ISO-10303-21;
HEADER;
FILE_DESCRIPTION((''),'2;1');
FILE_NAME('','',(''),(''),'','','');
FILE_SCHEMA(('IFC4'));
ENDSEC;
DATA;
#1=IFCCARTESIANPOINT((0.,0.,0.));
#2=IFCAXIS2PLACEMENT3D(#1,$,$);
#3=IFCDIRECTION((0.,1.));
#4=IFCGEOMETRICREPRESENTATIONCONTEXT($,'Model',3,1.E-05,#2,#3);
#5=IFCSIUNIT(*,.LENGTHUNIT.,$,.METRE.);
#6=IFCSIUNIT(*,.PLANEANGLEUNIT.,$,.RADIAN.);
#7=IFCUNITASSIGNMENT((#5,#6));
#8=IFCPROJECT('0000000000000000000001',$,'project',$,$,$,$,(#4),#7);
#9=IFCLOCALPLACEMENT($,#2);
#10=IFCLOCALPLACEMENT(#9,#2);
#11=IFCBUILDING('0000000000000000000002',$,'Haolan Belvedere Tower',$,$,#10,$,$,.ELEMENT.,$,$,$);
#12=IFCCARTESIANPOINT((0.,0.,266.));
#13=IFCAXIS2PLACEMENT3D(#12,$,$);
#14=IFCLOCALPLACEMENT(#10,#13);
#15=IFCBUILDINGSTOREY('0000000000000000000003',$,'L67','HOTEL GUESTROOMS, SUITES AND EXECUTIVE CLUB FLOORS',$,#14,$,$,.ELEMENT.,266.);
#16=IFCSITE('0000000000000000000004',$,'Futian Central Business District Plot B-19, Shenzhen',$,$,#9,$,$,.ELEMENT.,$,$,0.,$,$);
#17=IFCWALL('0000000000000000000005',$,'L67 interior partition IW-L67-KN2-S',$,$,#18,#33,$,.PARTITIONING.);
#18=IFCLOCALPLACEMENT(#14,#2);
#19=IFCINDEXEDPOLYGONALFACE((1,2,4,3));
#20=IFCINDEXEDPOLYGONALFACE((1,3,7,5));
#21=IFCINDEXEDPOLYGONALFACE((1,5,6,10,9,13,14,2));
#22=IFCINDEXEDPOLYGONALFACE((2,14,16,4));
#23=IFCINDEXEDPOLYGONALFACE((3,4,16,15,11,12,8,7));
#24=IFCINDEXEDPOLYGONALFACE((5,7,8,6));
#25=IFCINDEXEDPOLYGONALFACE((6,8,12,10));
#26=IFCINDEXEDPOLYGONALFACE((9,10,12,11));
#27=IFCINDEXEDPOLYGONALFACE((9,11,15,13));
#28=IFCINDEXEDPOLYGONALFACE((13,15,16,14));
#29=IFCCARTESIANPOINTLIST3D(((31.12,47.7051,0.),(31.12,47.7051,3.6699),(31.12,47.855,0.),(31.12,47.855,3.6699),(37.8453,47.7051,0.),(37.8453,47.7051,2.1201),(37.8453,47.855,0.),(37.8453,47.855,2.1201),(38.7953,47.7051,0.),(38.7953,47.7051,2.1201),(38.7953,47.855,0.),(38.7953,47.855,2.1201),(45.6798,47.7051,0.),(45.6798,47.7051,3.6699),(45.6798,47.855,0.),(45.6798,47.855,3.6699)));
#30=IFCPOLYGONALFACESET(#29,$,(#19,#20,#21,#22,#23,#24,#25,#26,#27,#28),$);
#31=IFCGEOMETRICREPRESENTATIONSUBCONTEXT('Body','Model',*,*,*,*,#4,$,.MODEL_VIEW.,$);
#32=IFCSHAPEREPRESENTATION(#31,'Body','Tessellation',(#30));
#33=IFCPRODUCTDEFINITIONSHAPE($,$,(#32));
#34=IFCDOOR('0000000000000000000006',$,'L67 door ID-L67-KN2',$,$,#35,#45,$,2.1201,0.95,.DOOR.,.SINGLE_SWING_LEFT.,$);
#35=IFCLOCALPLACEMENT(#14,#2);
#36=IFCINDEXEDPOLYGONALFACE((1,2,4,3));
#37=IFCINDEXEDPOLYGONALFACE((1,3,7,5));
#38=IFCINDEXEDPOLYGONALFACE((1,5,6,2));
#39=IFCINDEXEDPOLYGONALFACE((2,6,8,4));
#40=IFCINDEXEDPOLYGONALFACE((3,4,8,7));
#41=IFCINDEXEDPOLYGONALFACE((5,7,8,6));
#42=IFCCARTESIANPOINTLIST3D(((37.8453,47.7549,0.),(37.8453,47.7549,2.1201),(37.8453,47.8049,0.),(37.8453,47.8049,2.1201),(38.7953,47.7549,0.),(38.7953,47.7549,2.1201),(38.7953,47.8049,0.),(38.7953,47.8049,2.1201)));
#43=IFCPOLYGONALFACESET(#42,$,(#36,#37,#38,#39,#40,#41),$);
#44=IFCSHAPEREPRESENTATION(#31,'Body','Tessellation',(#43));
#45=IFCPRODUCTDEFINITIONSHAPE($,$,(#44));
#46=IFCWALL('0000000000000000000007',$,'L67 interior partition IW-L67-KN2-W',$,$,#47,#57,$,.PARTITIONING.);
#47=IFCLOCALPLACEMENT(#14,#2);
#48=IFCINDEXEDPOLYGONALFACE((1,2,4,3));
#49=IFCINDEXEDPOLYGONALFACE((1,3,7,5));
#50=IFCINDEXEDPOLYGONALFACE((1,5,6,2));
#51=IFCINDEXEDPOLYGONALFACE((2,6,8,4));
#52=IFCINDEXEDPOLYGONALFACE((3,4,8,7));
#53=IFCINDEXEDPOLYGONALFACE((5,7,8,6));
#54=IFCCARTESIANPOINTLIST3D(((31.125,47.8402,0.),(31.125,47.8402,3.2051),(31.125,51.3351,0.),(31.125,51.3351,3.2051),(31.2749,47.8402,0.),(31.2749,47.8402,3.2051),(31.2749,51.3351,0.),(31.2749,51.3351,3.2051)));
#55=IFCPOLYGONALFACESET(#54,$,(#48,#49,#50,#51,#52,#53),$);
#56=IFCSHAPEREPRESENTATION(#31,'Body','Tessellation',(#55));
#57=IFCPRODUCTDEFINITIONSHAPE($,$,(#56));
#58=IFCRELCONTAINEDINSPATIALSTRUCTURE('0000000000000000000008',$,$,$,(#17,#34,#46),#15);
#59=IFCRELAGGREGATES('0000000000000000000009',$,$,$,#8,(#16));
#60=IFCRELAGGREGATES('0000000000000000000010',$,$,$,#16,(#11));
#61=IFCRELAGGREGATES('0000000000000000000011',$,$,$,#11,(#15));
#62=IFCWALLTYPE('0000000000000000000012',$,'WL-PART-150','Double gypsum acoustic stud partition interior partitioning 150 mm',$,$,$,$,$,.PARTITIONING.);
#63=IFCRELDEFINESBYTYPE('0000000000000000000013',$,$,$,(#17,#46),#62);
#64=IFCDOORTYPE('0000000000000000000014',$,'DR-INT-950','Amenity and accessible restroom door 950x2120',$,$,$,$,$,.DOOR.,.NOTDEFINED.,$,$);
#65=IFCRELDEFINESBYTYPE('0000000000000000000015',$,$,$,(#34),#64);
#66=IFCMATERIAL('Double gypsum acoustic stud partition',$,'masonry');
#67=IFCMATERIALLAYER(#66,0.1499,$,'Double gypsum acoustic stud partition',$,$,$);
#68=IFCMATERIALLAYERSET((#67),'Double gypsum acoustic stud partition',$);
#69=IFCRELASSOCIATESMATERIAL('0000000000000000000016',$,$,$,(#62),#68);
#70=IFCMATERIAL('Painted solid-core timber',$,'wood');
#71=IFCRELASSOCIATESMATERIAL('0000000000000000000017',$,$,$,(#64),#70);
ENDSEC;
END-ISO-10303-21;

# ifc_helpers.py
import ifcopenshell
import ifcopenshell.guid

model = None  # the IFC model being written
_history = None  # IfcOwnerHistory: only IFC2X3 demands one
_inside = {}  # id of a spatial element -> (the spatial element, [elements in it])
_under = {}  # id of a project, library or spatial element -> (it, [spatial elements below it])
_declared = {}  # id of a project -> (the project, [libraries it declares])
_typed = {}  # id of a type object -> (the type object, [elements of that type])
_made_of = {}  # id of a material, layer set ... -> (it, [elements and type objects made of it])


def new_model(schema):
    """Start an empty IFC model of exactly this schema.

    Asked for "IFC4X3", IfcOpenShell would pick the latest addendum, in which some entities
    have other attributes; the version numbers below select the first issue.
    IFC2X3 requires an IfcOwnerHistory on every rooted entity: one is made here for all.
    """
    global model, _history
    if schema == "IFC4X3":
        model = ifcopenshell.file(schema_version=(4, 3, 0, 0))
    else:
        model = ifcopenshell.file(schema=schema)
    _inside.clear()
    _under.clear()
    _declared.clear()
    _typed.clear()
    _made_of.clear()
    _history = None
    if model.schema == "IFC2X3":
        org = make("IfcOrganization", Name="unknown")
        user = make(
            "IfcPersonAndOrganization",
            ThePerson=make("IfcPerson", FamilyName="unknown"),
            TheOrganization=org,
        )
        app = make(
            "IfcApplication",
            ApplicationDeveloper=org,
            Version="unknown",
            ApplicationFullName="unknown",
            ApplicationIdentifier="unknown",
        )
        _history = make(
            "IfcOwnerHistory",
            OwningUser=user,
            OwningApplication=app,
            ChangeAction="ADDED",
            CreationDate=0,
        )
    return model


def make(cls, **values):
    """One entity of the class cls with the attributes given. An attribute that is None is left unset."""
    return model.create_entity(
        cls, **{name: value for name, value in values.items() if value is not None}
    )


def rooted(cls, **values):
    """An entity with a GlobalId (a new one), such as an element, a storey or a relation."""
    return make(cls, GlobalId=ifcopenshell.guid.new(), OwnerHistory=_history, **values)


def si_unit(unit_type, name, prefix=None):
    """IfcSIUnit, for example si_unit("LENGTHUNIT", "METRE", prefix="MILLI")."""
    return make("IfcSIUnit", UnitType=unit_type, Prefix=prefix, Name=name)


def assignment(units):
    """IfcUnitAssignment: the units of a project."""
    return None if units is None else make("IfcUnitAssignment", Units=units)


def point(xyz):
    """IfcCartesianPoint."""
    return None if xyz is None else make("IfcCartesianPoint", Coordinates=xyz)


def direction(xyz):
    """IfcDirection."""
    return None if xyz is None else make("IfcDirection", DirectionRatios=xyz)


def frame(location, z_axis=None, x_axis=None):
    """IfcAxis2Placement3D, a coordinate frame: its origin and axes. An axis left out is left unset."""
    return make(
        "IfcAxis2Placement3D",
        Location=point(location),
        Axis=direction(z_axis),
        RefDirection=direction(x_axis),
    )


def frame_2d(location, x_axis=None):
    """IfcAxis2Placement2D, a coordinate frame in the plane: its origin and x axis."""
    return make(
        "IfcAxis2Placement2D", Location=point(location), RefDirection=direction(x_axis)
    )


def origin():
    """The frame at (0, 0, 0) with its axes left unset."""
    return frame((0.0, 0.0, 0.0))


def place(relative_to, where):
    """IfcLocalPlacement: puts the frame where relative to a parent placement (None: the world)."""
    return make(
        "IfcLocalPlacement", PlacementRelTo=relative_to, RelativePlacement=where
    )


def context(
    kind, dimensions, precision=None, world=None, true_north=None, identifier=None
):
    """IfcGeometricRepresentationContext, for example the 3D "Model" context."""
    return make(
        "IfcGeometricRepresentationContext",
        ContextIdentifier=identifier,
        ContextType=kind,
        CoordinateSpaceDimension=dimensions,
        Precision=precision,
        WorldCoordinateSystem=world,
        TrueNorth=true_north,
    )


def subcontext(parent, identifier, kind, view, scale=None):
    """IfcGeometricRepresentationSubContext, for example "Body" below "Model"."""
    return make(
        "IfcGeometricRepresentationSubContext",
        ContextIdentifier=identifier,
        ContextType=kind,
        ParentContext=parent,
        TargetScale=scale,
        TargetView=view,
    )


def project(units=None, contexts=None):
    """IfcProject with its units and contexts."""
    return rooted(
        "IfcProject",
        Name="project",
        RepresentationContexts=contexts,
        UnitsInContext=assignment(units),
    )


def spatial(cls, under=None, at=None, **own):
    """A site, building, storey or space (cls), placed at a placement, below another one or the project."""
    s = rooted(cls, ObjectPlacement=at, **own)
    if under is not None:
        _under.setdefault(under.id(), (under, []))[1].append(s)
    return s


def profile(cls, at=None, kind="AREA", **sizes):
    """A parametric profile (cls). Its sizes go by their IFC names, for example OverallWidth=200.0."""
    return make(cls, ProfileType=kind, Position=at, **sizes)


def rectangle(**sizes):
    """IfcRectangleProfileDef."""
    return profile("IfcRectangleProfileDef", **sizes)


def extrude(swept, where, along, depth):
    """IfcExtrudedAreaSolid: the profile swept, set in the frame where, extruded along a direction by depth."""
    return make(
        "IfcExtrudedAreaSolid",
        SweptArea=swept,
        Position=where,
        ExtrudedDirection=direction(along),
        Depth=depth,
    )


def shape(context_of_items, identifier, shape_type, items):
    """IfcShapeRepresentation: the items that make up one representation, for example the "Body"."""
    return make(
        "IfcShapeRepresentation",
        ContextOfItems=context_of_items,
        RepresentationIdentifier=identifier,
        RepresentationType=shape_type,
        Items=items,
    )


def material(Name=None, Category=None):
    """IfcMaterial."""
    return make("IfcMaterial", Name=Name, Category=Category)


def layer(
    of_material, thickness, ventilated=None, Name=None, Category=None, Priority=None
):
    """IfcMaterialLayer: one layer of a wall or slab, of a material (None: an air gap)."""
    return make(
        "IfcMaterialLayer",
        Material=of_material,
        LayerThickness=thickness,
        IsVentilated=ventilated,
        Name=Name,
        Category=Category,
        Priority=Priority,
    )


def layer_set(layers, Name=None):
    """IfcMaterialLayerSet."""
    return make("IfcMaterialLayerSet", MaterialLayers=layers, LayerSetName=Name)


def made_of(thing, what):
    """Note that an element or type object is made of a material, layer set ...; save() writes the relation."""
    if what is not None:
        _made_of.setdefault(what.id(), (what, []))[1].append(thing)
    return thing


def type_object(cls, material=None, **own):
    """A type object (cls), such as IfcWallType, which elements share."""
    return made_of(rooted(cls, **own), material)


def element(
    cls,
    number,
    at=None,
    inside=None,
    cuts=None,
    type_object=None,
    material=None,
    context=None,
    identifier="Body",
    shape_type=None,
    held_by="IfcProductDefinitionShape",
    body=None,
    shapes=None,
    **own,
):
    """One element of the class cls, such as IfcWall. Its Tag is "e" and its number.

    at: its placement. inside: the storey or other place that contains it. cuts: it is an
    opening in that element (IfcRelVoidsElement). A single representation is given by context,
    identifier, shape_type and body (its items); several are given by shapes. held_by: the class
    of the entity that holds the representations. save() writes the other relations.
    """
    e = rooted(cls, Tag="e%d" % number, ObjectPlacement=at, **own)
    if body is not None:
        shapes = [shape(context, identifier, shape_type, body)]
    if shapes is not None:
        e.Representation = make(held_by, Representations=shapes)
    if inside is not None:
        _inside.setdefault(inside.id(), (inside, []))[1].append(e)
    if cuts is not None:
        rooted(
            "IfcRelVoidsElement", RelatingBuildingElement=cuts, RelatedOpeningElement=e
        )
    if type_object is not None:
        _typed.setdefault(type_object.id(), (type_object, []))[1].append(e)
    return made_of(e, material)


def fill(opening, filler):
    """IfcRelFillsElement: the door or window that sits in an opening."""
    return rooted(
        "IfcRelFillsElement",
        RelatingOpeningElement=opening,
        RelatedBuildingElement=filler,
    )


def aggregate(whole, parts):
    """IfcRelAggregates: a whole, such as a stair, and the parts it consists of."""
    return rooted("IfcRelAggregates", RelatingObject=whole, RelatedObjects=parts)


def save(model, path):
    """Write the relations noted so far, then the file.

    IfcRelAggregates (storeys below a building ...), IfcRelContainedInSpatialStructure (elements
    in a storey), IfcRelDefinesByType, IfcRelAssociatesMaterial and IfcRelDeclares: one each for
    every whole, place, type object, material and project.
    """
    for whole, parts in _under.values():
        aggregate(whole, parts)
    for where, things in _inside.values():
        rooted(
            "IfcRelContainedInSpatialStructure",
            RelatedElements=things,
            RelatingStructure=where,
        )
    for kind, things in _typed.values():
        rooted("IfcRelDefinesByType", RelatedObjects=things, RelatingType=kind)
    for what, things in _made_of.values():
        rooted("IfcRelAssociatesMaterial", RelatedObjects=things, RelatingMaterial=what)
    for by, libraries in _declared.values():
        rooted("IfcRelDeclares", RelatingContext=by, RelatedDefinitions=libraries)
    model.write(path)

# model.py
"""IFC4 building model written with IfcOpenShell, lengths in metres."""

from ifc_helpers import new_model, si_unit, direction, frame, frame_2d, origin, place, context, subcontext, project, spatial, rectangle, extrude, material, layer, layer_set, type_object, element, fill, save


model = new_model("IFC4")

# Units and contexts
model_context = context("Model", 3, precision=1e-05, world=origin(), true_north=direction((0.0, 1.0)))
body_context = subcontext(model_context, "Body", "Model", "MODEL_VIEW")
ifc_project = project(units=[si_unit("LENGTHUNIT", "METRE"), si_unit("PLANEANGLEUNIT", "RADIAN")], contexts=[model_context])

# Site, building, storey
site_placement = place(None, origin())
site = spatial("IfcSite", under=ifc_project, at=site_placement, Name="Futian Central Business District Plot B-19, Shenzhen", CompositionType="ELEMENT", RefElevation=0.0)
building_placement = place(site_placement, origin())
building = spatial("IfcBuilding", under=site, at=building_placement, Name="Haolan Belvedere Tower", CompositionType="ELEMENT")
storey_placement = place(building_placement, frame((0.0, 0.0, 266.0)))
storey = spatial("IfcBuildingStorey", under=building, at=storey_placement, Name="L67", Description="HOTEL GUESTROOMS, SUITES AND EXECUTIVE CLUB FLOORS", CompositionType="ELEMENT", Elevation=266.0)

# Shared definitions
ifc_material_1 = material(Name="Double gypsum acoustic stud partition", Category="masonry")
ifc_layer_1 = layer(ifc_material_1, 0.1499, Name="Double gypsum acoustic stud partition")
ifc_layer_set_1 = layer_set([ifc_layer_1], Name="Double gypsum acoustic stud partition")
wall_type_1 = type_object("IfcWallType", Name="WL-PART-150", Description="Double gypsum acoustic stud partition interior partitioning 150 mm", PredefinedType="PARTITIONING", material=ifc_layer_set_1)

# Wall, opening, door
wall_1_placement = place(storey_placement, frame((31.1201, 47.78, 0.0), z_axis=(0.0, 0.0, 1.0), x_axis=(1.0, 0.0, 0.0)))
wall_1 = element("IfcWall", 1, at=wall_1_placement, inside=storey, type_object=wall_type_1, Name="L67 interior partition IW-L67-KN2-S", PredefinedType="PARTITIONING", context=body_context, shape_type="SweptSolid", body=[
    extrude(rectangle(XDim=14.5598, YDim=0.1499, at=frame_2d((7.2798, 0.0))), origin(), (0.0, 0.0, 1.0), 3.6699),
])
opening_1_placement = place(wall_1_placement, frame((6.7251, 0.0, 0.0)))
opening_1 = element("IfcOpeningElement", 2, at=opening_1_placement, cuts=wall_1, PredefinedType="OPENING", context=body_context, shape_type="SweptSolid", body=[
    extrude(rectangle(XDim=0.95, YDim=2.1201, at=frame_2d((0.4751, 1.0601))), frame((0.0, 0.085, 0.0), z_axis=(0.0, -1.0, 0.0), x_axis=(1.0, 0.0, 0.0)), (0.0, 0.0, 1.0), 0.1699),
])
ifc_material_2 = material(Name="Painted solid-core timber", Category="wood")
door_type = type_object("IfcDoorType", Name="DR-INT-950", Description="Amenity and accessible restroom door 950x2120", OperationType="NOTDEFINED", PredefinedType="DOOR", material=ifc_material_2)
door_placement = place(opening_1_placement, origin())
door = element("IfcDoor", 3, at=door_placement, inside=storey, type_object=door_type, Name="L67 door ID-L67-KN2", OperationType="SINGLE_SWING_LEFT", OverallHeight=2.1201, OverallWidth=0.95, PredefinedType="DOOR", context=body_context, shape_type="SweptSolid", body=[
    extrude(rectangle(XDim=0.95, YDim=2.1201, at=frame_2d((0.4751, 1.0601))), frame((0.0, 0.0249, 0.0), z_axis=(0.0, -1.0, 0.0), x_axis=(1.0, 0.0, 0.0)), (0.0, 0.0, 1.0), 0.05),
])
fill(opening_1, door)

# Wall
wall_2_placement = place(storey_placement, frame((31.2, 47.8401, 0.0), z_axis=(0.0, 0.0, 1.0), x_axis=(0.0, 1.0, 0.0)))
element("IfcWall", 4, at=wall_2_placement, inside=storey, type_object=wall_type_1, Name="L67 interior partition IW-L67-KN2-W", PredefinedType="PARTITIONING", context=body_context, shape_type="SweptSolid", body=[
    extrude(rectangle(XDim=3.4949, YDim=0.1499, at=frame_2d((1.7476, 0.0))), origin(), (0.0, 0.0, 1.0), 3.2051),
])

save(model, "model.ifc")
